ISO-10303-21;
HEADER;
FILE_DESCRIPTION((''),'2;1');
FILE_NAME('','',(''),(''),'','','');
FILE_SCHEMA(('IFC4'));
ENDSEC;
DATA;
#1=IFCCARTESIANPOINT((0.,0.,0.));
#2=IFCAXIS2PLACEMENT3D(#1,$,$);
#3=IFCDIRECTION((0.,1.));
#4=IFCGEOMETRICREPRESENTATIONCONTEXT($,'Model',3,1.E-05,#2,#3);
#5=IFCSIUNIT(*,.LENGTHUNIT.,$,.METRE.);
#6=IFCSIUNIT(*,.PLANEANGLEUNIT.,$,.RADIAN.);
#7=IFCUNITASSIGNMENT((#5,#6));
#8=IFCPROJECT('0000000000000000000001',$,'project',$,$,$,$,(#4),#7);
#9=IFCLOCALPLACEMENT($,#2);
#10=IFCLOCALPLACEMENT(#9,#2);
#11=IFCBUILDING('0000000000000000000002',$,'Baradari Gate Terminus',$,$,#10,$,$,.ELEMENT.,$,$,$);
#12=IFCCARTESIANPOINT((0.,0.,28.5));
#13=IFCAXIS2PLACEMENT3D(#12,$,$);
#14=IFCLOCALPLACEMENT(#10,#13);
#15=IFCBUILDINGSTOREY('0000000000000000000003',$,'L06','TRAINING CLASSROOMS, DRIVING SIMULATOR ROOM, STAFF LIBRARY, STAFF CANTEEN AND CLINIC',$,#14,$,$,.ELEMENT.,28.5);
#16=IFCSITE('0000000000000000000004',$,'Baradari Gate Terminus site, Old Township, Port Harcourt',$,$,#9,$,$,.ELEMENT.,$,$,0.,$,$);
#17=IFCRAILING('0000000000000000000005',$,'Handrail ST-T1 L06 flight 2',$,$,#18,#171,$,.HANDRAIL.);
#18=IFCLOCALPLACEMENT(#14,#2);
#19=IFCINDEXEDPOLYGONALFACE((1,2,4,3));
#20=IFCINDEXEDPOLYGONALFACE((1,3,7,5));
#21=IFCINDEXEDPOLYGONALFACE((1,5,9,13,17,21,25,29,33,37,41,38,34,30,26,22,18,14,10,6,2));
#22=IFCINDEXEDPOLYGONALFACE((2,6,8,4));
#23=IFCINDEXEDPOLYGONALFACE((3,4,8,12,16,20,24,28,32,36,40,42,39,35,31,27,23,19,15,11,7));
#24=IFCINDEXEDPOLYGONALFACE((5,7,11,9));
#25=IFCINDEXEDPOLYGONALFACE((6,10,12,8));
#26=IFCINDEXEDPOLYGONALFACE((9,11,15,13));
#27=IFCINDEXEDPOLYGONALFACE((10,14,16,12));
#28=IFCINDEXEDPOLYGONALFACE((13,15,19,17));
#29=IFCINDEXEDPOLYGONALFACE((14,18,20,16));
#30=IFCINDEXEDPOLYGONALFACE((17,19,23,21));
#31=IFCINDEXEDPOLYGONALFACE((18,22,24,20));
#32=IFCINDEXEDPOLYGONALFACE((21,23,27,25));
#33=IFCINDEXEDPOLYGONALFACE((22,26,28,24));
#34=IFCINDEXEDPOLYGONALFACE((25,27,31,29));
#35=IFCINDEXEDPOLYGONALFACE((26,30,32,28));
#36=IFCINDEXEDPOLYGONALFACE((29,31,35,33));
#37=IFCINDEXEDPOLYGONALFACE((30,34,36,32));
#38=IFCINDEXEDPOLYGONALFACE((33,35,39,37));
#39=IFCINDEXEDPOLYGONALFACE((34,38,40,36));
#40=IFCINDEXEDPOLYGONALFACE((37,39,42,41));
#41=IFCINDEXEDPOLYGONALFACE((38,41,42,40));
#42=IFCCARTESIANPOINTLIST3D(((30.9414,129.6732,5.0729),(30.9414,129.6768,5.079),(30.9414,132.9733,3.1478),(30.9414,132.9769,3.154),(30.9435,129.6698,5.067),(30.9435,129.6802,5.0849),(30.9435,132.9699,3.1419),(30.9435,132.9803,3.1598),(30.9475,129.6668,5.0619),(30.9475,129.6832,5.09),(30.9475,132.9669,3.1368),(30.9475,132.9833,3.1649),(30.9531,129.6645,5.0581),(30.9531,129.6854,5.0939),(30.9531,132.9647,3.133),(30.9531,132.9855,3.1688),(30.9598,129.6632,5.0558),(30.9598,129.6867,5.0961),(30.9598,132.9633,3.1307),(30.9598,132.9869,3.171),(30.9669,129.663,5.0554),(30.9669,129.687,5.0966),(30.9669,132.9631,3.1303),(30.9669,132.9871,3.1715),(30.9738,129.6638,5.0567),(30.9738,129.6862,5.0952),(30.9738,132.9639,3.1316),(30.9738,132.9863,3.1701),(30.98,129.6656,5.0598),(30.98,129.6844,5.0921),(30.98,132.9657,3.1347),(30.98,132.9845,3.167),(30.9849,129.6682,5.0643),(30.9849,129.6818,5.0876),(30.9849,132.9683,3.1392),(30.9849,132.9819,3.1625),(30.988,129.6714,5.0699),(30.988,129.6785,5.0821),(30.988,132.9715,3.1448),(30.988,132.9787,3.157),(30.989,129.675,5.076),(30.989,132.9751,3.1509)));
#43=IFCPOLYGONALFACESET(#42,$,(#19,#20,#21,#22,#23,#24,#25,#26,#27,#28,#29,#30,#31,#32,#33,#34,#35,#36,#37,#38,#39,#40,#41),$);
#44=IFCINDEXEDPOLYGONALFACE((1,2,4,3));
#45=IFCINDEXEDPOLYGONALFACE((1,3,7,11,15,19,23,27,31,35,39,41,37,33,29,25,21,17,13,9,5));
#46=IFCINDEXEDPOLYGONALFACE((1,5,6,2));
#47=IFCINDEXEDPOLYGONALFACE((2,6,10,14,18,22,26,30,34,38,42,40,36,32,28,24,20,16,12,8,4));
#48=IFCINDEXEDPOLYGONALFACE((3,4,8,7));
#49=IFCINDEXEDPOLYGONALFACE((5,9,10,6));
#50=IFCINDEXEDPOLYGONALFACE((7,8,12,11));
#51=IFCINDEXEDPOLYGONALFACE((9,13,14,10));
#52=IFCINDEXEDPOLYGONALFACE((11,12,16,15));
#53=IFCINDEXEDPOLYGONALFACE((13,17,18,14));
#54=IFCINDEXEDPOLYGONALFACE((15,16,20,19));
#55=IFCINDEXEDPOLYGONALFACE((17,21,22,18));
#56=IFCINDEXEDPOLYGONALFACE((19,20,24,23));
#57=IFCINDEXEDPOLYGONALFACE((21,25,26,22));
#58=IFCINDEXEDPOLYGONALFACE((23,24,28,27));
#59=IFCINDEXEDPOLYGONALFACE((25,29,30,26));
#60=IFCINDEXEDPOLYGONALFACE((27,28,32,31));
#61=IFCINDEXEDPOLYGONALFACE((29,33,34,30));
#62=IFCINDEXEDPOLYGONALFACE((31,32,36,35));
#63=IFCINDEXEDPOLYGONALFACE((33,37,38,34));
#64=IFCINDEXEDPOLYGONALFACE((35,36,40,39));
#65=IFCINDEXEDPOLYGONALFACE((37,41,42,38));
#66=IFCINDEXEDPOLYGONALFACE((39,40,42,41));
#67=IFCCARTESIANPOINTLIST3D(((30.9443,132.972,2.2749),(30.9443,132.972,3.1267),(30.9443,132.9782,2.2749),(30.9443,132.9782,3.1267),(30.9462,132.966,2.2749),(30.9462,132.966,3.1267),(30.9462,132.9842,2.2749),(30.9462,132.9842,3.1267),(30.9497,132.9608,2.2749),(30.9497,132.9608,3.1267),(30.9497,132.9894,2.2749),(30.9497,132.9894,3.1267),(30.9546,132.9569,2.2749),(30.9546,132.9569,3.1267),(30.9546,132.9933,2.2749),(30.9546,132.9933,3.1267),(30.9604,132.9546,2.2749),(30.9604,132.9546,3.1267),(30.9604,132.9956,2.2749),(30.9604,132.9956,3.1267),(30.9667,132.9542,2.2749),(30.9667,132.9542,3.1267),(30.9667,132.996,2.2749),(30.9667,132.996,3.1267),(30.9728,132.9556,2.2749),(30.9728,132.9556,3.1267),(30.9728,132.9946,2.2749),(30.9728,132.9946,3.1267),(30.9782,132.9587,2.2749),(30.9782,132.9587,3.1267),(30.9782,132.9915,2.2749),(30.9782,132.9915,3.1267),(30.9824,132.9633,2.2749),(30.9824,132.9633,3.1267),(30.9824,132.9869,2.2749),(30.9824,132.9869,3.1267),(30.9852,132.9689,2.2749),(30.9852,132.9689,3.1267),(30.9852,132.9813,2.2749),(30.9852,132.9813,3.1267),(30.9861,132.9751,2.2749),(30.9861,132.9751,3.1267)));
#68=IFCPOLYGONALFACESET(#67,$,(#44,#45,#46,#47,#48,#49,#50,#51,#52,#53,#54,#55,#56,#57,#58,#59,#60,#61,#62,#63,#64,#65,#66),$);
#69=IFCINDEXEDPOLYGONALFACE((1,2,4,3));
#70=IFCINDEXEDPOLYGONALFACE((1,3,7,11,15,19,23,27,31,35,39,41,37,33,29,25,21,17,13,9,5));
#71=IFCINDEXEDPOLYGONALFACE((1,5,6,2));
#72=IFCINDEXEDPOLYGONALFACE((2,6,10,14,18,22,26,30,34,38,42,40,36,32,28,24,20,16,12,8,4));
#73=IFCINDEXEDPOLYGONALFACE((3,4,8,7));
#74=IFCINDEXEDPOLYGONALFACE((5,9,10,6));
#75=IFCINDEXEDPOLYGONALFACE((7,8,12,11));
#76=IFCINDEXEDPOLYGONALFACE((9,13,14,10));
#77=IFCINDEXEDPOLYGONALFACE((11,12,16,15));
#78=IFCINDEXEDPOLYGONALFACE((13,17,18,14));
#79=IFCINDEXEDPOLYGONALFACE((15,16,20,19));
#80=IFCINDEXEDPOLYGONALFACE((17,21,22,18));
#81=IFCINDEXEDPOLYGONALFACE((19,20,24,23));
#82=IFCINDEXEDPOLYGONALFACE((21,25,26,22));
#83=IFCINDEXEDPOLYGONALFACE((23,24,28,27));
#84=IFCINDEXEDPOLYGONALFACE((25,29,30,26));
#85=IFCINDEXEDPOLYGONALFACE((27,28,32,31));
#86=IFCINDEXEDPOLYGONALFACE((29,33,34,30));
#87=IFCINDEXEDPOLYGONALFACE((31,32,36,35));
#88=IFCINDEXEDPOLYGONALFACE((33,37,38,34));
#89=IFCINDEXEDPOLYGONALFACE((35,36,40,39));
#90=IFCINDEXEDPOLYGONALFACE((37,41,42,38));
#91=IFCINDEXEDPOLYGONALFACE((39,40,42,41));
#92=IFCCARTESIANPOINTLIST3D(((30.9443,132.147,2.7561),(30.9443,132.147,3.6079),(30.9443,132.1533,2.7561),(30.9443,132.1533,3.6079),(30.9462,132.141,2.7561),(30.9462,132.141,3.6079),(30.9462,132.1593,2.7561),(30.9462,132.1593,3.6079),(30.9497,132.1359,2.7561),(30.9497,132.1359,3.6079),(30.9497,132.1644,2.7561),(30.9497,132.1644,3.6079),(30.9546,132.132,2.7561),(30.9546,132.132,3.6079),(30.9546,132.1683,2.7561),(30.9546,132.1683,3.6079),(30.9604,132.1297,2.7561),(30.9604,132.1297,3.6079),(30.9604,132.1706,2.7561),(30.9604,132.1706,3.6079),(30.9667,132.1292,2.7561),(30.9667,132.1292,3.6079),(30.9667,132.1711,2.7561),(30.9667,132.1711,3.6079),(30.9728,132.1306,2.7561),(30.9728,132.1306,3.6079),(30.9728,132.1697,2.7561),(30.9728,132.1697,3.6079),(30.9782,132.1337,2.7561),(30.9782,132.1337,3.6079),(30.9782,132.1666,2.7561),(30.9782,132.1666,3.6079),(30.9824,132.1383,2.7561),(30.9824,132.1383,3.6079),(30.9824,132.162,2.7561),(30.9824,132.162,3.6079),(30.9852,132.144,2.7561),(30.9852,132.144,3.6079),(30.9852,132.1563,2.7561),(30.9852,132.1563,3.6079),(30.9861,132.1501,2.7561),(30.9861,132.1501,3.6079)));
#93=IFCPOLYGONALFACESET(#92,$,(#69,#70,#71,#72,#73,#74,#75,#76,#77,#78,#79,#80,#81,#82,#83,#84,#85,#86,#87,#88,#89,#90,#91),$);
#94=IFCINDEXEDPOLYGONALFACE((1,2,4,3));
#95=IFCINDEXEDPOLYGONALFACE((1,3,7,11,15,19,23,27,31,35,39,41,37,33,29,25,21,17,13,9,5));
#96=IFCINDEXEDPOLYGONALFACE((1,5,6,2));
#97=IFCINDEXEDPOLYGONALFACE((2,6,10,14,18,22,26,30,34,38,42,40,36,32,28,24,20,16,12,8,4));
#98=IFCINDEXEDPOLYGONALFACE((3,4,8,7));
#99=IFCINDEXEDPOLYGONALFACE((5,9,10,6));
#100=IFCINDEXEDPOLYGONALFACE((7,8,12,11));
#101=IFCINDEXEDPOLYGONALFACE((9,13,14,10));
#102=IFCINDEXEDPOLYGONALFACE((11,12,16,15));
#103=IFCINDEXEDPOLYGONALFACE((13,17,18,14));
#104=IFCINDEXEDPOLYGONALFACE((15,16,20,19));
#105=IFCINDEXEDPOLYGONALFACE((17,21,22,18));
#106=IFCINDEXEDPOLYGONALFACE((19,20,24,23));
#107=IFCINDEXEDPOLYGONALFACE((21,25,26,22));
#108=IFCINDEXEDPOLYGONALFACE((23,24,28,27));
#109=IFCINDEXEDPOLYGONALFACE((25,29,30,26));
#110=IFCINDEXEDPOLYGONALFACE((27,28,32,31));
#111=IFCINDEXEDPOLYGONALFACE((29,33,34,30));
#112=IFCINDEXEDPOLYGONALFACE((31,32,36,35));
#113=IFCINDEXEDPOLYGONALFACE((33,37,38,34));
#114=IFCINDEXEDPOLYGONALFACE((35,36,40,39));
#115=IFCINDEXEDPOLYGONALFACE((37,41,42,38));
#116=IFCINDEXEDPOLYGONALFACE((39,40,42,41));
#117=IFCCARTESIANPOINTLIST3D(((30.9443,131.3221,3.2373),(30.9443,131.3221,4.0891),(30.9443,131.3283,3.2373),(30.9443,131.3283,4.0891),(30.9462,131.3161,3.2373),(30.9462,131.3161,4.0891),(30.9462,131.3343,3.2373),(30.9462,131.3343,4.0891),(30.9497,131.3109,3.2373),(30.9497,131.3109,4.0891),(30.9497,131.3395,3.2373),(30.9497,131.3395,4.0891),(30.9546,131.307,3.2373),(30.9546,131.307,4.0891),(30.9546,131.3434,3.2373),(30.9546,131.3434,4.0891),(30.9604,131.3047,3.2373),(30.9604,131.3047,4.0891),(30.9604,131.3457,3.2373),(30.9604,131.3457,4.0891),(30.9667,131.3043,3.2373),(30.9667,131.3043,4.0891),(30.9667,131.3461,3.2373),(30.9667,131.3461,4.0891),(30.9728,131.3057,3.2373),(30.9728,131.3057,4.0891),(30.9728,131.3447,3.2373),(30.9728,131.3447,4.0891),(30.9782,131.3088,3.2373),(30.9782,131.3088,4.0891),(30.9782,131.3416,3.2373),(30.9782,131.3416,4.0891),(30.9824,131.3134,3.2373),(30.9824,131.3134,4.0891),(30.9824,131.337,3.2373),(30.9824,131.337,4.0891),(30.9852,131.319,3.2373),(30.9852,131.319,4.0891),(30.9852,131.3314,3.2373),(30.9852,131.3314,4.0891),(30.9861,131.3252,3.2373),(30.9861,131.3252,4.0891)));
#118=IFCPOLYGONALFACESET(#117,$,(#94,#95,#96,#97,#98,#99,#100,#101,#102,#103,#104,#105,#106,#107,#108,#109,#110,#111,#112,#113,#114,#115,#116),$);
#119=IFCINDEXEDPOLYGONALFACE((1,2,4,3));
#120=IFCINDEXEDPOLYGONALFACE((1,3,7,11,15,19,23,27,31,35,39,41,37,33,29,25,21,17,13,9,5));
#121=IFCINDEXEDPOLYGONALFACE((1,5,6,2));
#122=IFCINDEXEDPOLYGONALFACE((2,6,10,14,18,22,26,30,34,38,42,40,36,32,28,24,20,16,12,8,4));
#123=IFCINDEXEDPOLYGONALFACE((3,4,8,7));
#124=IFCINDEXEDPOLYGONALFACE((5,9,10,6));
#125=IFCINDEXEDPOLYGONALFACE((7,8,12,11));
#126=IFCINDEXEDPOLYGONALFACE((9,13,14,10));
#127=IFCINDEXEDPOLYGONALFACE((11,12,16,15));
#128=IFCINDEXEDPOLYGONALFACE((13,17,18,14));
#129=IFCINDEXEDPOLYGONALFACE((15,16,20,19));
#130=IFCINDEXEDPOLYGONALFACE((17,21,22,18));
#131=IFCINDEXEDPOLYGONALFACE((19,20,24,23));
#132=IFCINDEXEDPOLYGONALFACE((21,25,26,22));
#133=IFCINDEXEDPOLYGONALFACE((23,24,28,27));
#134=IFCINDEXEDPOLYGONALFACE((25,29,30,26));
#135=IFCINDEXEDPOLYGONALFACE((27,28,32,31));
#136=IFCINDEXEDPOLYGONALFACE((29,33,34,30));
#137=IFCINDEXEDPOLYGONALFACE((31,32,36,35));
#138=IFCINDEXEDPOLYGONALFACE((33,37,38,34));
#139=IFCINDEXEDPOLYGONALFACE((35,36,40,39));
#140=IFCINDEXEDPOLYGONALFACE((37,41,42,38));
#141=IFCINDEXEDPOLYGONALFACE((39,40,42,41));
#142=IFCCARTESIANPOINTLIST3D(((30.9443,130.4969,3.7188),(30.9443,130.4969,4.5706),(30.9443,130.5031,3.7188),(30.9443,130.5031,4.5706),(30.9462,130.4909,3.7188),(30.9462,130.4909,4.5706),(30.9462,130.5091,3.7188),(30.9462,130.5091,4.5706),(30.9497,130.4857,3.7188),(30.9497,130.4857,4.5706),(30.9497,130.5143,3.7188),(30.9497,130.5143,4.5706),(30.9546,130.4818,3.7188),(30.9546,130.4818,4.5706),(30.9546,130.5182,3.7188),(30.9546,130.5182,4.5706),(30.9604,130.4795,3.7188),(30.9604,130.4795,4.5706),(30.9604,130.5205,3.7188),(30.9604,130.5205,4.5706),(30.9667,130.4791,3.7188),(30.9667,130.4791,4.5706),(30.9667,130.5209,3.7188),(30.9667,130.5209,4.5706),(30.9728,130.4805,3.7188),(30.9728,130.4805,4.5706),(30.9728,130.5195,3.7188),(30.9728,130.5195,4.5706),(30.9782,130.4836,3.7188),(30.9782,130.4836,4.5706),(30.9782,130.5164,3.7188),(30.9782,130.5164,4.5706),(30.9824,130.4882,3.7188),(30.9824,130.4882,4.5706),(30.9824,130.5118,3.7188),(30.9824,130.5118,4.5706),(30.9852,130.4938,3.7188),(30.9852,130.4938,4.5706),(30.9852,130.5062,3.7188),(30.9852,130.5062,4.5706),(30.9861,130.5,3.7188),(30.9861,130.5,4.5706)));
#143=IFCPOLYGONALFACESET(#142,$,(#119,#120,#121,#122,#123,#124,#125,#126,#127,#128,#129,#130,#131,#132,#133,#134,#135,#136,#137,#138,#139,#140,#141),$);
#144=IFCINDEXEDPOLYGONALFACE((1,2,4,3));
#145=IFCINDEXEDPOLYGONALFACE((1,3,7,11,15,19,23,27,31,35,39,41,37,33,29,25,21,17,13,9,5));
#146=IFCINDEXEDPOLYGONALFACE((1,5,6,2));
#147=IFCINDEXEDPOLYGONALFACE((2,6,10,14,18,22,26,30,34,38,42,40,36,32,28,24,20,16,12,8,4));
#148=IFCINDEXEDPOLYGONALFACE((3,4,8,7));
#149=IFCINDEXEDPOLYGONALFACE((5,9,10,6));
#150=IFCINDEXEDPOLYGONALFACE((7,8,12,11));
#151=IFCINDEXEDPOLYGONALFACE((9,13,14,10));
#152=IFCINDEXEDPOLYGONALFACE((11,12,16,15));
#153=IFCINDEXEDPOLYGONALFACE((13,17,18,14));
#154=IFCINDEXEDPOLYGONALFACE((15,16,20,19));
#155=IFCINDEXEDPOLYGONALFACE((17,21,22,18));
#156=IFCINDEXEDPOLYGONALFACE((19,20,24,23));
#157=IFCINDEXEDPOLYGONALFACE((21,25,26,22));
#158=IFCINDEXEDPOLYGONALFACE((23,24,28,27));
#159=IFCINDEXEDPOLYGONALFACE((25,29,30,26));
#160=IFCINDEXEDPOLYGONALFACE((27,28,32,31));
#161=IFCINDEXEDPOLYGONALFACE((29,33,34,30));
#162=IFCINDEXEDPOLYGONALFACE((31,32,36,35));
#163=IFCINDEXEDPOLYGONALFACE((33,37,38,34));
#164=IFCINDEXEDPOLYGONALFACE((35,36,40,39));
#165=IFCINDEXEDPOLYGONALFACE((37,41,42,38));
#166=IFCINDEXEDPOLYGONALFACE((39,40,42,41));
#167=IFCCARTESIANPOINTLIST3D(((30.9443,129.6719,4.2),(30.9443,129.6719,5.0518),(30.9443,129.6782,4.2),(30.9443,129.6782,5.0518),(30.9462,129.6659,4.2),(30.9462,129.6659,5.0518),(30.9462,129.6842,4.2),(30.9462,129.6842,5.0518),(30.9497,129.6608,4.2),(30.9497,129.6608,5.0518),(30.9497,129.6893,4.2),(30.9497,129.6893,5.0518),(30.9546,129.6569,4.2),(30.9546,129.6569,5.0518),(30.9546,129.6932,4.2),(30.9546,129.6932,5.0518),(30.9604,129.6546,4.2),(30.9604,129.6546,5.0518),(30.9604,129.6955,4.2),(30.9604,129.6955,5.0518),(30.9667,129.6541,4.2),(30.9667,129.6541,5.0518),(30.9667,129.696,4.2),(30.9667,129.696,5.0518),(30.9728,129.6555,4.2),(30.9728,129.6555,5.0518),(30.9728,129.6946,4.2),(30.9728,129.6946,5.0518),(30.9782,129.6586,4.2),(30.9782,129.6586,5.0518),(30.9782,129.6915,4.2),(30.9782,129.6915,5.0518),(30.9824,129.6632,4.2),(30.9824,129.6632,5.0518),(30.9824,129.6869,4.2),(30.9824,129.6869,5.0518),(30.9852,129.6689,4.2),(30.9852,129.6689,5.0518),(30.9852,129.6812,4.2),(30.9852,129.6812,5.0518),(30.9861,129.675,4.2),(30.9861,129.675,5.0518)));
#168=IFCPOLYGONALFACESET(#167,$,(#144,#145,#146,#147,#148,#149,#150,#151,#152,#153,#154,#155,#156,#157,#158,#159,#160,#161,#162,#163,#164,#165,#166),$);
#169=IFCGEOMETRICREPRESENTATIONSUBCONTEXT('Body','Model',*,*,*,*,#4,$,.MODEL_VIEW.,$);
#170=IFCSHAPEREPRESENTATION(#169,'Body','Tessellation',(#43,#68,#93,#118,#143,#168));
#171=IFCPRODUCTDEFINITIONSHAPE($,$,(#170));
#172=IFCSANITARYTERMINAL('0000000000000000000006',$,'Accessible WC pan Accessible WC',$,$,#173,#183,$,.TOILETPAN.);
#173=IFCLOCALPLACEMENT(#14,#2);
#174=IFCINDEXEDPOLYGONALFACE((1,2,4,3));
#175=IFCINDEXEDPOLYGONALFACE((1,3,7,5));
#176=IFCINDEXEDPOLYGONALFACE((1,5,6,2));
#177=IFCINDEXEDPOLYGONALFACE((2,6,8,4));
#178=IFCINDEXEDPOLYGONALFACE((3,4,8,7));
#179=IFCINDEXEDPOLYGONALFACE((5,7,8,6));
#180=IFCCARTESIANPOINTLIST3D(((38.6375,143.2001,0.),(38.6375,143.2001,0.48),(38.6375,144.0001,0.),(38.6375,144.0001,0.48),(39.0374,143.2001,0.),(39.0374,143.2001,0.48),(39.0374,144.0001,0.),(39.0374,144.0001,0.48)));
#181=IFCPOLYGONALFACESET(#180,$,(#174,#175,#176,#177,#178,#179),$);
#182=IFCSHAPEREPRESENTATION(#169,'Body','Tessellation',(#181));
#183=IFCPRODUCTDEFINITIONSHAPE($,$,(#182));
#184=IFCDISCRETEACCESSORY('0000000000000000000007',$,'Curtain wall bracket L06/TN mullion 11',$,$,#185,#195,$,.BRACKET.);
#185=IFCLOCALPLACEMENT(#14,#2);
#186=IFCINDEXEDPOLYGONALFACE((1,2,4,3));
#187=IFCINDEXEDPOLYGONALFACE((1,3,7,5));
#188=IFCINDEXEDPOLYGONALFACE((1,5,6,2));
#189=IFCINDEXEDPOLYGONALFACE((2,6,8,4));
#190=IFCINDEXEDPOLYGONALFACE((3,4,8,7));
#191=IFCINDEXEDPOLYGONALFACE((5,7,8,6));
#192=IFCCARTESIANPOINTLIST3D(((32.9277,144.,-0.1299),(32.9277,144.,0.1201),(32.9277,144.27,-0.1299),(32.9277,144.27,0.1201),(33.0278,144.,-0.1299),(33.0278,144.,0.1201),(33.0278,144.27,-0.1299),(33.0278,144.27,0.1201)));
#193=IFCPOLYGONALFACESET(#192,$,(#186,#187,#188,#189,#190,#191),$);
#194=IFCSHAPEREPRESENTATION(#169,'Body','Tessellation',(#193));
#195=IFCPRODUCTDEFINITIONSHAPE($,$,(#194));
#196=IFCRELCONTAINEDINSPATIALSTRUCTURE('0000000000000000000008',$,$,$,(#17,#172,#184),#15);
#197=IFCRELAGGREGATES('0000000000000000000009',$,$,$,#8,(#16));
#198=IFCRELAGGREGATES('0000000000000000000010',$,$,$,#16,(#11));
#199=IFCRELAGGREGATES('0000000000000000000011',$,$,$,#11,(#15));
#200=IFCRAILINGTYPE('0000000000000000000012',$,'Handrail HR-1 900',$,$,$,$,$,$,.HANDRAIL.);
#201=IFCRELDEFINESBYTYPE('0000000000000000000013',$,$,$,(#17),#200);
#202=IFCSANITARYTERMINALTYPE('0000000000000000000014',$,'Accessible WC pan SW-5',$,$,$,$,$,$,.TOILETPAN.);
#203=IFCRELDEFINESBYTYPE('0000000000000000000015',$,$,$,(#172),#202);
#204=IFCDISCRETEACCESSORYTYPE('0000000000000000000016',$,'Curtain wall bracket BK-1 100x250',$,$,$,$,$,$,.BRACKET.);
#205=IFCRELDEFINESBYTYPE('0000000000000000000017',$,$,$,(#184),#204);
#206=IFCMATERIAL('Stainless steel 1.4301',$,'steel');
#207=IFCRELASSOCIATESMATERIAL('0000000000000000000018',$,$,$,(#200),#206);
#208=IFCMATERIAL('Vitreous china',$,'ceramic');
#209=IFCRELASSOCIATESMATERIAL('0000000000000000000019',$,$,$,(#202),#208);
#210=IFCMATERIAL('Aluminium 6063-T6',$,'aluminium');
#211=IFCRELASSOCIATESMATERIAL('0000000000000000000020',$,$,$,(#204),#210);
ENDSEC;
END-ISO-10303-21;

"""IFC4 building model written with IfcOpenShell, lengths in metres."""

from ifc_helpers import new_model, si_unit, direction, frame, origin, origin_2d, place, context, subcontext, project, spatial, rectangle, circle, extrude, material, type_object, element, save


model = new_model("IFC4")

# Units and contexts
model_context = context("Model", 3, precision=1e-05, world=origin(), true_north=direction((0.0, 1.0)))
body_context = subcontext(model_context, "Body", "Model", "MODEL_VIEW")
ifc_project = project(units=[si_unit("LENGTHUNIT", "METRE"), si_unit("PLANEANGLEUNIT", "RADIAN")], contexts=[model_context])

# Site, building, storey
site_placement = place(None, origin())
site = spatial("IfcSite", under=ifc_project, at=site_placement, Name="Baradari Gate Terminus site, Old Township, Port Harcourt", CompositionType="ELEMENT", RefElevation=0.0)
building_placement = place(site_placement, origin())
building = spatial("IfcBuilding", under=site, at=building_placement, Name="Baradari Gate Terminus", CompositionType="ELEMENT")
storey_placement = place(building_placement, frame((0.0, 0.0, 28.5)))
storey = spatial("IfcBuildingStorey", under=building, at=storey_placement, Name="L06", Description="TRAINING CLASSROOMS, DRIVING SIMULATOR ROOM, STAFF LIBRARY, STAFF CANTEEN AND CLINIC", CompositionType="ELEMENT", Elevation=28.5)

# Railing
ifc_material_1 = material(Name="Stainless steel 1.4301", Category="steel")
railing_type_1 = type_object("IfcRailingType", Name="Handrail HR-1 900", PredefinedType="HANDRAIL", material=ifc_material_1)
railing_1_placement = place(storey_placement, frame((30.9651, 132.9751, 2.2749)))
element("IfcRailing", 1, at=railing_1_placement, inside=storey, type_object=railing_type_1, Name="Handrail ST-T1 L06 flight 2", PredefinedType="HANDRAIL", context=body_context, shape_type="SweptSolid", body=[
    extrude(circle(Radius=0.0239, at=origin_2d()), frame((0.0, 0.0, 0.876), z_axis=(0.0, -0.863777, 0.503875), x_axis=(1.0, 0.0, 0.0)), (0.0, 0.0, 1.0), 3.8206),
    extrude(circle(Radius=0.021, at=origin_2d()), origin(), (0.0, 0.0, 1.0), 0.8518),
    extrude(circle(Radius=0.021, at=origin_2d()), frame((0.0, -0.825, 0.4812)), (0.0, 0.0, 1.0), 0.8518),
    extrude(circle(Radius=0.021, at=origin_2d()), frame((0.0, -1.6499, 0.9624)), (0.0, 0.0, 1.0), 0.8518),
    extrude(circle(Radius=0.021, at=origin_2d()), frame((0.0, -2.4751, 1.4438)), (0.0, 0.0, 1.0), 0.8518),
    extrude(circle(Radius=0.021, at=origin_2d()), frame((0.0, -3.3, 1.925)), (0.0, 0.0, 1.0), 0.8518),
])

# Sanitary terminal
ifc_material_2 = material(Name="Vitreous china", Category="ceramic")
sanitary_terminal_type = type_object("IfcSanitaryTerminalType", Name="Accessible WC pan SW-5", PredefinedType="TOILETPAN", material=ifc_material_2)
sanitary_terminal_placement = place(storey_placement, frame((38.8374, 143.6001, 0.0), z_axis=(0.0, 0.0, 1.0), x_axis=(1.0, 0.0, 0.0)))
element("IfcSanitaryTerminal", 2, at=sanitary_terminal_placement, inside=storey, type_object=sanitary_terminal_type, Name="Accessible WC pan Accessible WC", PredefinedType="TOILETPAN", context=body_context, shape_type="SweptSolid", body=[
    extrude(rectangle(XDim=0.3999, YDim=0.8, at=origin_2d()), origin(), (0.0, 0.0, 1.0), 0.48),
])

# Discrete accessory
ifc_material_3 = material(Name="Aluminium 6063-T6", Category="aluminium")
discrete_accessory_type = type_object("IfcDiscreteAccessoryType", Name="Curtain wall bracket BK-1 100x250", PredefinedType="BRACKET", material=ifc_material_3)
discrete_accessory_placement = place(storey_placement, frame((32.9778, 144.135, -0.1299), z_axis=(0.0, 0.0, 1.0), x_axis=(0.0, 1.0, 0.0)))
element("IfcDiscreteAccessory", 3, at=discrete_accessory_placement, inside=storey, type_object=discrete_accessory_type, Name="Curtain wall bracket L06/TN mullion 11", PredefinedType="BRACKET", context=body_context, shape_type="SweptSolid", body=[
    extrude(rectangle(XDim=0.27, YDim=0.1001, at=origin_2d()), origin(), (0.0, 0.0, 1.0), 0.25),
])

save(model, "model.ifc")
